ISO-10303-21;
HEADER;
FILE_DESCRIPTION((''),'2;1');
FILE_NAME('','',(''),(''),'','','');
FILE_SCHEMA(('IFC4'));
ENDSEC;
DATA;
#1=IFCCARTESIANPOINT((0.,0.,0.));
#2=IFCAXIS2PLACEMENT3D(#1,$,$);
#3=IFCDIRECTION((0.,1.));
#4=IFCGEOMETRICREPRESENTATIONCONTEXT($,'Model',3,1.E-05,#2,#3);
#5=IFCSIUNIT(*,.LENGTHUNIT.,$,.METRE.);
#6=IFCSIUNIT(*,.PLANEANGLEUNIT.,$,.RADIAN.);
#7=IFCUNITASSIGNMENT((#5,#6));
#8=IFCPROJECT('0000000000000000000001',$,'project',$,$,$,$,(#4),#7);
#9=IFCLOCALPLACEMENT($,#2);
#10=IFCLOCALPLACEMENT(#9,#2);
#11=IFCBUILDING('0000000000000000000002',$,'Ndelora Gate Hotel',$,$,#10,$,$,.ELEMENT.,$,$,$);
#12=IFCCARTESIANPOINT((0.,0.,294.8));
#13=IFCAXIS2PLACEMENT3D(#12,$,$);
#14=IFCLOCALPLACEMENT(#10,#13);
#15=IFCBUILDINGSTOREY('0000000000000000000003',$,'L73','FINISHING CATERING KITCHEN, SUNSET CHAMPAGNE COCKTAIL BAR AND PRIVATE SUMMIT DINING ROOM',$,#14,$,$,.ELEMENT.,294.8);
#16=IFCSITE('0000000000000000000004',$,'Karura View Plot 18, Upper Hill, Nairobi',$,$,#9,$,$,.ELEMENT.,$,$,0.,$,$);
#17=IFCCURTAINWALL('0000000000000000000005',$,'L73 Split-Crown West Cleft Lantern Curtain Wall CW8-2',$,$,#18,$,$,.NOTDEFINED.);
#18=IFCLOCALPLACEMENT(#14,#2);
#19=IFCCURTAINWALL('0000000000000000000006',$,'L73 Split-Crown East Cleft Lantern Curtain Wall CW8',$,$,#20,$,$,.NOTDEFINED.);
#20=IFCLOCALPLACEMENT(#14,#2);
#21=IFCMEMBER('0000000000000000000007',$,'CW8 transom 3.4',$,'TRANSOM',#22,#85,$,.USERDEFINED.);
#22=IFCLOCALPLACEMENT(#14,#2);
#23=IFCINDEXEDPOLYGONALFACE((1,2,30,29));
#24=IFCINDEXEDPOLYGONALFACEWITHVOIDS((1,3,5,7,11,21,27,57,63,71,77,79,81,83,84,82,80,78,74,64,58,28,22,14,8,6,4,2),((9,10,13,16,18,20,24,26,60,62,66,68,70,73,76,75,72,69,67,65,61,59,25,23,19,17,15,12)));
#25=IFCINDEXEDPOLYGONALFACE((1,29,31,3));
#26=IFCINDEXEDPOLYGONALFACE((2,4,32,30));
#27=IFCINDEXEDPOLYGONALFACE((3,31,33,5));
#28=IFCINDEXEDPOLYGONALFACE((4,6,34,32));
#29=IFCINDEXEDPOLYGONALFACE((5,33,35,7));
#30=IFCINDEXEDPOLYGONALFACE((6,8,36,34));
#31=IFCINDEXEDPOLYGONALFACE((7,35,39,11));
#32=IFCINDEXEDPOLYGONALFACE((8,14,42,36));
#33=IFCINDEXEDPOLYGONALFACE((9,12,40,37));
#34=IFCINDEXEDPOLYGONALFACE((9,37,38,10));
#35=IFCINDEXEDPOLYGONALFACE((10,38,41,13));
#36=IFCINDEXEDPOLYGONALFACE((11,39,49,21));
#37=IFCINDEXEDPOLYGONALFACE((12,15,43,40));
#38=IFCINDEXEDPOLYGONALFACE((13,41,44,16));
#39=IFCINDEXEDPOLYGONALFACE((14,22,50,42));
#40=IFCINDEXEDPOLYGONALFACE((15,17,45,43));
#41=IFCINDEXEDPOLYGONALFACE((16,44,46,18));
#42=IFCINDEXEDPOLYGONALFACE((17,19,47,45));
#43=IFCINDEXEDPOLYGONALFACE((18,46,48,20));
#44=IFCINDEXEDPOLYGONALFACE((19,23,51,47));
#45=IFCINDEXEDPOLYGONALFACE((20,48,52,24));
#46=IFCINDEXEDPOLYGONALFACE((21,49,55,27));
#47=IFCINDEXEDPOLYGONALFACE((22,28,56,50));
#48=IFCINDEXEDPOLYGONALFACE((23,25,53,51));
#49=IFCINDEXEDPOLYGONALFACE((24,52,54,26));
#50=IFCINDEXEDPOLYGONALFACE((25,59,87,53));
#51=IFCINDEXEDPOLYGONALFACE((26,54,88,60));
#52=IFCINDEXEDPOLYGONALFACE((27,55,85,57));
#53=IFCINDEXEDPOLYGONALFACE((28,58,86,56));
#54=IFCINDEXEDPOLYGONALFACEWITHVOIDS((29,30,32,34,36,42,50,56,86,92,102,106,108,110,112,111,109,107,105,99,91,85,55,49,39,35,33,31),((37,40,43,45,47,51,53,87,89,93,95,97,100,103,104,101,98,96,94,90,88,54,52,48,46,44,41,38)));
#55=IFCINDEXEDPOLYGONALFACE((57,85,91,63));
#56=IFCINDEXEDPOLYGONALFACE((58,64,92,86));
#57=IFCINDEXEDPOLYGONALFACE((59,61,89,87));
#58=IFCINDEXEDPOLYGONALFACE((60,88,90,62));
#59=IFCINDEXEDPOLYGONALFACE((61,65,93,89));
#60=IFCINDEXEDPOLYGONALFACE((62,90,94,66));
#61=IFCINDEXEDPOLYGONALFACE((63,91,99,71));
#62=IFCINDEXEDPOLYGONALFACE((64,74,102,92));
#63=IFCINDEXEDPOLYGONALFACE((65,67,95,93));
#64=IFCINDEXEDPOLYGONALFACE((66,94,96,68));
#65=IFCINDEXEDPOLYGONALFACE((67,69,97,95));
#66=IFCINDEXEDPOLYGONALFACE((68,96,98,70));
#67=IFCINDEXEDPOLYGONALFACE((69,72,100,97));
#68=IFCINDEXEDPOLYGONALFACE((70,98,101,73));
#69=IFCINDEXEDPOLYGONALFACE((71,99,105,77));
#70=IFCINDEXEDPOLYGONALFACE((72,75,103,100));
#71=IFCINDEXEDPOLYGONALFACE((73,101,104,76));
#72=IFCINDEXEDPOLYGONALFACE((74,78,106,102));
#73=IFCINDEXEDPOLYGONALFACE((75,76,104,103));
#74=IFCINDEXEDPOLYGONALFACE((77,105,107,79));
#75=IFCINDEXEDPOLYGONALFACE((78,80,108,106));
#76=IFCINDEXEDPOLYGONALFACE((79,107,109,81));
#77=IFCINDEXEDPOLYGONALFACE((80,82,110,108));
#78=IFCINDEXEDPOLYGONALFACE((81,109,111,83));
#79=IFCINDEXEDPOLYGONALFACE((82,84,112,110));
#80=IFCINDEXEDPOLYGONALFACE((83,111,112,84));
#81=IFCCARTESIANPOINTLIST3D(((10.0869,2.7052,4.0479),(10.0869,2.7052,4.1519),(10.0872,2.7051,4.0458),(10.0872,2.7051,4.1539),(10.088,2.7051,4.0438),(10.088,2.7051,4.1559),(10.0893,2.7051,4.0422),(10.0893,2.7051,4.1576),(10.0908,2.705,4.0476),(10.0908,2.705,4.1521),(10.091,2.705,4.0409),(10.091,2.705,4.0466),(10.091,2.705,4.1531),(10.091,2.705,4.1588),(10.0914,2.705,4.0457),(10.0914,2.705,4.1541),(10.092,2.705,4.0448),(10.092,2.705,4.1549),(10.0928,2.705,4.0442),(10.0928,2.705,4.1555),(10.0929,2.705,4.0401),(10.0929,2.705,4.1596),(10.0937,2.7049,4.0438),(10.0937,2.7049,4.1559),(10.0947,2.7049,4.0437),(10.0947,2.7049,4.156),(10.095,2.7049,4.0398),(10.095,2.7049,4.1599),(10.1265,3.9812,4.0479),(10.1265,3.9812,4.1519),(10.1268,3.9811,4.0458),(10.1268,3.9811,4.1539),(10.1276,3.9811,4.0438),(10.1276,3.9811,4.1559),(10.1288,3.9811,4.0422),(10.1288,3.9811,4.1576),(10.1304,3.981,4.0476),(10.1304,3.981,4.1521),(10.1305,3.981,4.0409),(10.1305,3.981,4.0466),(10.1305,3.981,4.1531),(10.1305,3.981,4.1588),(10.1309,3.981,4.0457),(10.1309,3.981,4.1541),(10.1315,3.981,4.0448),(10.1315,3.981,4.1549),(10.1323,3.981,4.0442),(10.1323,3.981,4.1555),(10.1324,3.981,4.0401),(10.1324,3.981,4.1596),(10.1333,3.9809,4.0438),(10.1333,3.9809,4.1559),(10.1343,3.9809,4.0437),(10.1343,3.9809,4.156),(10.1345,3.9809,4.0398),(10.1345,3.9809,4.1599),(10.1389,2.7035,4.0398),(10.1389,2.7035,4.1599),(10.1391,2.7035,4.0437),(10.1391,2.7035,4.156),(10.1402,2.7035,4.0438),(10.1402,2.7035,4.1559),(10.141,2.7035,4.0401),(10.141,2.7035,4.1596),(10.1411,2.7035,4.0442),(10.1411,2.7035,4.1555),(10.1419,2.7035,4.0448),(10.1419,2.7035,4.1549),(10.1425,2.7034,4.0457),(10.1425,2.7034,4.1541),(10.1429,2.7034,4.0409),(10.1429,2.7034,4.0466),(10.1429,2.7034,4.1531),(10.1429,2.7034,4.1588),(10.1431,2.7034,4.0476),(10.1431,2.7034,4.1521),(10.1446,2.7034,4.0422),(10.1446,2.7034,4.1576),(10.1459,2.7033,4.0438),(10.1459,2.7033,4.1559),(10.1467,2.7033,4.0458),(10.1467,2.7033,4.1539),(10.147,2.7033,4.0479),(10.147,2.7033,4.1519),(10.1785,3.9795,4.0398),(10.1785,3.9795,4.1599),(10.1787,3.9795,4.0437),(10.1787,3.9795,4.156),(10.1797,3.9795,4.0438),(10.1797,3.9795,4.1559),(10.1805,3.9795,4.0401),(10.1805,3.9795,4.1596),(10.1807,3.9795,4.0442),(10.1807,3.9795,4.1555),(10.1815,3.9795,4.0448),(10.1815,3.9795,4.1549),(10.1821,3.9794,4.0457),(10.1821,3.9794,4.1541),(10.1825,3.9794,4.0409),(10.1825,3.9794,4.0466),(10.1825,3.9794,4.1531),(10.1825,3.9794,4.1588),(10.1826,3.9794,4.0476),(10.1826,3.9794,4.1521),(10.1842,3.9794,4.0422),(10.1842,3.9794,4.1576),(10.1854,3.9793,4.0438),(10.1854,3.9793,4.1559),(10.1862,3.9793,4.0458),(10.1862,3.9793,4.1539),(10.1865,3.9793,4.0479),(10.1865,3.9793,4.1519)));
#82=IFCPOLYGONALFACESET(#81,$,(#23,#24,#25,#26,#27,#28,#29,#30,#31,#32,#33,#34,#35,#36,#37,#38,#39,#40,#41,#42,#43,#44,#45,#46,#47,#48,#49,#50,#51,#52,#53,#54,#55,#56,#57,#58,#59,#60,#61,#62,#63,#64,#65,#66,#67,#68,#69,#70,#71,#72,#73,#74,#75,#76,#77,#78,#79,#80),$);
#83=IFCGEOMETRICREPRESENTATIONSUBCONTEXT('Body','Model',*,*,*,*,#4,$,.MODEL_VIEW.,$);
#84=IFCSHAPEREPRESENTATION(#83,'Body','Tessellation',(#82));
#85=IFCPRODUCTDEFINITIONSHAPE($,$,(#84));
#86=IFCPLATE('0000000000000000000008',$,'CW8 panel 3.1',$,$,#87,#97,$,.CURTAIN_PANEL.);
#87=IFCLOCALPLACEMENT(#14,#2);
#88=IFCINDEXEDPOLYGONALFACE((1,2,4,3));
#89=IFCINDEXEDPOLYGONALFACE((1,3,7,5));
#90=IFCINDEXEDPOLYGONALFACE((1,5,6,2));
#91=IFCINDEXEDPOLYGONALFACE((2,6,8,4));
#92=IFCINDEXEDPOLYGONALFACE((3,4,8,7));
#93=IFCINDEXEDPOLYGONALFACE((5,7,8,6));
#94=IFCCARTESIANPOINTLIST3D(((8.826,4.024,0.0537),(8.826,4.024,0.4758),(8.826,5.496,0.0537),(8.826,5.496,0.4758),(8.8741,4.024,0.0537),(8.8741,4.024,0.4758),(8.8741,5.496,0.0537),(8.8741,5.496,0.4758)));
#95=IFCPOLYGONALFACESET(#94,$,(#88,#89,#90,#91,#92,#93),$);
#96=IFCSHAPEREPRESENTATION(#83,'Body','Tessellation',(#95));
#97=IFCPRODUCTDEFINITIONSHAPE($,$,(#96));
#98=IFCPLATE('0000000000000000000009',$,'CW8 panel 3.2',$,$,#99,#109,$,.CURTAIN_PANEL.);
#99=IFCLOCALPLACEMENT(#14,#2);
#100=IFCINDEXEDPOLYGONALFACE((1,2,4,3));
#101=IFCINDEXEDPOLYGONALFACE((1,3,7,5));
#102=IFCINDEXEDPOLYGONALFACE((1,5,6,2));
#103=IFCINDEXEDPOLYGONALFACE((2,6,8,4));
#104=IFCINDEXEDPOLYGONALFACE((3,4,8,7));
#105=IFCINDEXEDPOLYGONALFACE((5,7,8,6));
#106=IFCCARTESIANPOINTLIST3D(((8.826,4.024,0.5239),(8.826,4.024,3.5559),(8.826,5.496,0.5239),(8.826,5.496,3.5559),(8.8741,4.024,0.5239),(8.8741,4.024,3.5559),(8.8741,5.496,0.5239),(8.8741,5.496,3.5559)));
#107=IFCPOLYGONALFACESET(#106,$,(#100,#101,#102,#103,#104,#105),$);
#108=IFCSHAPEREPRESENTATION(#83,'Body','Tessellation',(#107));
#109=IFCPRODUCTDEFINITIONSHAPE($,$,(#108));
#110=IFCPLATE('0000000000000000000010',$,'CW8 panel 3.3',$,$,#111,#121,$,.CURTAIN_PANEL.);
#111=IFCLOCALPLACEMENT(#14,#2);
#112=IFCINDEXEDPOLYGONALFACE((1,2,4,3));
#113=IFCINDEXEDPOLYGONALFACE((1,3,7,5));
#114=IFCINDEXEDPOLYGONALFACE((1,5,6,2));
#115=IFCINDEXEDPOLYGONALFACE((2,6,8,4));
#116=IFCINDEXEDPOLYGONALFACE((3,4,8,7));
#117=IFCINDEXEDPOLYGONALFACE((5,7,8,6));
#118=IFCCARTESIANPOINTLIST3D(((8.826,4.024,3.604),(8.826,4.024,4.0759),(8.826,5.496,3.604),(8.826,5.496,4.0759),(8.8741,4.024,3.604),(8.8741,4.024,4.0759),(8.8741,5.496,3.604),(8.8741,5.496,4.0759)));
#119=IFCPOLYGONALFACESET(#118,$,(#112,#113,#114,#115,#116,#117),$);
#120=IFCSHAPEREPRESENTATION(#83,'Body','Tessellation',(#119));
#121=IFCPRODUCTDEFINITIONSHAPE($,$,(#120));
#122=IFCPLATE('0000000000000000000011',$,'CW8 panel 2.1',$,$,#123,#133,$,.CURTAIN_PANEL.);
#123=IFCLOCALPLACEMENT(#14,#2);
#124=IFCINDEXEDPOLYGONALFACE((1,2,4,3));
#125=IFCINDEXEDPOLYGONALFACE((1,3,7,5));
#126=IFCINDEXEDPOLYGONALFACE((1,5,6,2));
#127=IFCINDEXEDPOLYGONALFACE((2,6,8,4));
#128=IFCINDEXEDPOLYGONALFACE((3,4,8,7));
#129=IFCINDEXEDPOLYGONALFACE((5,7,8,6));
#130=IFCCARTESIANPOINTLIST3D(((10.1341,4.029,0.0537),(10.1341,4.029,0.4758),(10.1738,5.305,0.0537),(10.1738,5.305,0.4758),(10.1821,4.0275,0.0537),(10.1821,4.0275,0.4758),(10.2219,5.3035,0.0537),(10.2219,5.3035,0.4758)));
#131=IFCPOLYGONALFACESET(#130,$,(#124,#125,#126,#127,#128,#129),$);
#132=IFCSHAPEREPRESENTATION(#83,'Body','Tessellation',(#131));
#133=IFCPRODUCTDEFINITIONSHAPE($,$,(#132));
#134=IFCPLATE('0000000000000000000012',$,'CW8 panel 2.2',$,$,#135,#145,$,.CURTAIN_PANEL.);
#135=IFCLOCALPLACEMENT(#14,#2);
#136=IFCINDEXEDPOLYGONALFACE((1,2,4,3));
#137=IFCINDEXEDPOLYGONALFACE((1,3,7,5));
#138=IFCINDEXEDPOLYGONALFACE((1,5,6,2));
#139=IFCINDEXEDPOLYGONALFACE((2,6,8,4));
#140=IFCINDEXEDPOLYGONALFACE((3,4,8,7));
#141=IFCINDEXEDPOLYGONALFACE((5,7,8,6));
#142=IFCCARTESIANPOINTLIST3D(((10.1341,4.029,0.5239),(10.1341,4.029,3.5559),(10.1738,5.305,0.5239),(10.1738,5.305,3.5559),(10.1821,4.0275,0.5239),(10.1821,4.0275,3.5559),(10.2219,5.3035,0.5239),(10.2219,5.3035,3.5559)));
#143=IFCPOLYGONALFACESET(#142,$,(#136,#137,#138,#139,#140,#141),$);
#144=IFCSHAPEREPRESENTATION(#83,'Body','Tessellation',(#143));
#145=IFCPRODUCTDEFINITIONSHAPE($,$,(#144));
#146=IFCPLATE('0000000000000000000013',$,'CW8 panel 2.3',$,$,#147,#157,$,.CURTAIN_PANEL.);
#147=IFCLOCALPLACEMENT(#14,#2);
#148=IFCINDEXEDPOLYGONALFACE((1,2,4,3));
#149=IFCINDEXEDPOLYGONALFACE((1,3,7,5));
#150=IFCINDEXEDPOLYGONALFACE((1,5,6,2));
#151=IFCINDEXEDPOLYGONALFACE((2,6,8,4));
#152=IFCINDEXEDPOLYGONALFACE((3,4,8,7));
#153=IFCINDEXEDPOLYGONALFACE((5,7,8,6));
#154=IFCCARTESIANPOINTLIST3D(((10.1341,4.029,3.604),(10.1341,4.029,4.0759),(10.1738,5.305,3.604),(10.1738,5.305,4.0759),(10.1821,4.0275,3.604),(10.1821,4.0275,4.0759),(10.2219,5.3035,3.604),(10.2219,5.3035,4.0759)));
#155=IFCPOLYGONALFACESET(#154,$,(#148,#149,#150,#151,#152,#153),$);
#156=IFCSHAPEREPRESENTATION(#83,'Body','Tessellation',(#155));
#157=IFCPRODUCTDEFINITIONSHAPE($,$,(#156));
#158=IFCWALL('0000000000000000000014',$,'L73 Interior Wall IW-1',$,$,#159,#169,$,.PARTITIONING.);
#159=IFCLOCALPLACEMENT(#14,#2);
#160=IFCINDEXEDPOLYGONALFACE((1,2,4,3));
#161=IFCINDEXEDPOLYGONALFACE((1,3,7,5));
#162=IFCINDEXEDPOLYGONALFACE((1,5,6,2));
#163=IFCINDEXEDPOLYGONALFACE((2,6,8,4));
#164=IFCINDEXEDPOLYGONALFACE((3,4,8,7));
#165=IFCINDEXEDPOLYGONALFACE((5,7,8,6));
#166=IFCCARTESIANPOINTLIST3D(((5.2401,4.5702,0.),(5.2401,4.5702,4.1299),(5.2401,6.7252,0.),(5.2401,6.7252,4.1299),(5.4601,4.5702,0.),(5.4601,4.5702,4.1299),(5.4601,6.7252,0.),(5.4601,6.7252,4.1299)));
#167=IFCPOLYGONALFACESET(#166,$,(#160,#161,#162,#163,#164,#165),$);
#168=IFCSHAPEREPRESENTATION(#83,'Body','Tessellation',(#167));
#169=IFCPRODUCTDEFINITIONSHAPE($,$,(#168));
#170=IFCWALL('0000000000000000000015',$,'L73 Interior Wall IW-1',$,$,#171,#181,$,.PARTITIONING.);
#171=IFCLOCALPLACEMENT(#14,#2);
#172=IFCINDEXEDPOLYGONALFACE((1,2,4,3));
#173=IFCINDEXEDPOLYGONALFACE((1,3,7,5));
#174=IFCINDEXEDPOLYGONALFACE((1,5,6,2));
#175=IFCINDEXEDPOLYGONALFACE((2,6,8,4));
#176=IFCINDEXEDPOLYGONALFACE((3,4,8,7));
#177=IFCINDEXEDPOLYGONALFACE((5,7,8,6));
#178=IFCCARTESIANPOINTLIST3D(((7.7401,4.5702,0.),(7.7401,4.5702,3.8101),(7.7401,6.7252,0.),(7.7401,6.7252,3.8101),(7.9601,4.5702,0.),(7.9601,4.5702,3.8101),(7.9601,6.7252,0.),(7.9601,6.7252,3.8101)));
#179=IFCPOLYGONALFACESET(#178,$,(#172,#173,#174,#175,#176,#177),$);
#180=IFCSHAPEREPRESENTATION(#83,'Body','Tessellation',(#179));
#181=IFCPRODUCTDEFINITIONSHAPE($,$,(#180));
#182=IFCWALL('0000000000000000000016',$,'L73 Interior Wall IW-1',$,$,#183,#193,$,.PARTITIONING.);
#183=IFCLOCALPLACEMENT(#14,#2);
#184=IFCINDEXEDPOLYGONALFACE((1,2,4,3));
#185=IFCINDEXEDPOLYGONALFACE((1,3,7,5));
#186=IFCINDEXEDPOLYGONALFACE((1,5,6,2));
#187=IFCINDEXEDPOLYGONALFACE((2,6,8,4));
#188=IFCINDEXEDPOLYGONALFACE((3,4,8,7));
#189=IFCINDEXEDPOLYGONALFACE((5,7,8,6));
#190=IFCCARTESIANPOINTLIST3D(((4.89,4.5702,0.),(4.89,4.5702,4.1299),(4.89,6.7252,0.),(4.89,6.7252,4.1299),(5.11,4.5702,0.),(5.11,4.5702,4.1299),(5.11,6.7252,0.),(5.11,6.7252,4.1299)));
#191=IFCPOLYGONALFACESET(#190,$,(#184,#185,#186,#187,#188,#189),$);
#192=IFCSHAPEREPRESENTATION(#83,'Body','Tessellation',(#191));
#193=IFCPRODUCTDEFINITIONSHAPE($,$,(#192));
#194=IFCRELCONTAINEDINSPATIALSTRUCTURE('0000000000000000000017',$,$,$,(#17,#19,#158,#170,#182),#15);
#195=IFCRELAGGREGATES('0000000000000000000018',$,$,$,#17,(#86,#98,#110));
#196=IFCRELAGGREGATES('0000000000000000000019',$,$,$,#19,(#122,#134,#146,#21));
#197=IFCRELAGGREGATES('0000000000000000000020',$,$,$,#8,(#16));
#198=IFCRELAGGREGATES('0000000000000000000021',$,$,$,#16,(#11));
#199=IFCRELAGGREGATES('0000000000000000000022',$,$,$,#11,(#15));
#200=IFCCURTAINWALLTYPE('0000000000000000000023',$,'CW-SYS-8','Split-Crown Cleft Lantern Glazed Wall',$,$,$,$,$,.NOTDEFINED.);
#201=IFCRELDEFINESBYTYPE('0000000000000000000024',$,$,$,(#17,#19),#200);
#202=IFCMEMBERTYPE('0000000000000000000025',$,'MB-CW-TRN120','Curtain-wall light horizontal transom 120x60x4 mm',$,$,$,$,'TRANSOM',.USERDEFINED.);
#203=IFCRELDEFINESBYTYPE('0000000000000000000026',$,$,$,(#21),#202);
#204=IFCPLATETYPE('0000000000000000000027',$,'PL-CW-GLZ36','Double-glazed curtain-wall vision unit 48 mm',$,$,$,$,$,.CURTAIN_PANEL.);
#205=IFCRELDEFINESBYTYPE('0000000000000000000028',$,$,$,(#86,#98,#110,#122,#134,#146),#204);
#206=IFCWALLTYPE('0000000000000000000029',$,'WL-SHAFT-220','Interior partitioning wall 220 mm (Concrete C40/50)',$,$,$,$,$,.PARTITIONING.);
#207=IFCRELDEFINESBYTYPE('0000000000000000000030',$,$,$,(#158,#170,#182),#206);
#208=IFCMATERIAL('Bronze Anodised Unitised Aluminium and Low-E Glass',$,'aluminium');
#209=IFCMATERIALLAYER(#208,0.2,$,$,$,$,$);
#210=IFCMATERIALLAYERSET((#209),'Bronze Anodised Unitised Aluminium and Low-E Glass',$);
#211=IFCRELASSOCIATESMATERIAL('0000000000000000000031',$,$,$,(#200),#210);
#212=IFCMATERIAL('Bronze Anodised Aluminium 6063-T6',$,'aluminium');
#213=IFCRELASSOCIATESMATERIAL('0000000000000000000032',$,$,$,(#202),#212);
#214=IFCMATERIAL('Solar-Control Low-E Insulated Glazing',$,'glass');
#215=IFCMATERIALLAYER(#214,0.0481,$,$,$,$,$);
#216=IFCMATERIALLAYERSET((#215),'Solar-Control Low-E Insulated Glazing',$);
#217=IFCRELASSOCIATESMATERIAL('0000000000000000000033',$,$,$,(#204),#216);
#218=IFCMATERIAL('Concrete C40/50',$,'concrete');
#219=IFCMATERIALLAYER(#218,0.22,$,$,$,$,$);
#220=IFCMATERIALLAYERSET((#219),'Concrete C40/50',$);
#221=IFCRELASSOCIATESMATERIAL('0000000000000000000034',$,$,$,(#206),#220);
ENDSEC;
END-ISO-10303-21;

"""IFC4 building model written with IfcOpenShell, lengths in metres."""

from ifc_helpers import new_model, si_unit, direction, frame, frame_2d, origin, origin_2d, place, context, subcontext, project, spatial, rectangle, hollow_rectangle, extrude, material, layer, layer_set, material_profile, profile_set, type_object, element, aggregate, save


model = new_model("IFC4")

# Units and contexts
model_context = context("Model", 3, precision=1e-05, world=origin(), true_north=direction((0.0, 1.0)))
body_context = subcontext(model_context, "Body", "Model", "MODEL_VIEW")
ifc_project = project(units=[si_unit("LENGTHUNIT", "METRE"), si_unit("PLANEANGLEUNIT", "RADIAN")], contexts=[model_context])

# Site, building, storey
site_placement = place(None, origin())
site = spatial("IfcSite", under=ifc_project, at=site_placement, Name="Karura View Plot 18, Upper Hill, Nairobi", CompositionType="ELEMENT", RefElevation=0.0)
building_placement = place(site_placement, origin())
building = spatial("IfcBuilding", under=site, at=building_placement, Name="Ndelora Gate Hotel", CompositionType="ELEMENT")
storey_placement = place(building_placement, frame((0.0, 0.0, 294.8)))
storey = spatial("IfcBuildingStorey", under=building, at=storey_placement, Name="L73", Description="FINISHING CATERING KITCHEN, SUNSET CHAMPAGNE COCKTAIL BAR AND PRIVATE SUMMIT DINING ROOM", CompositionType="ELEMENT", Elevation=294.8)

# Curtain walls
ifc_material_1 = material(Name="Bronze Anodised Unitised Aluminium and Low-E Glass", Category="aluminium")
ifc_layer_1 = layer(ifc_material_1, 0.2)
ifc_layer_set_1 = layer_set([ifc_layer_1], Name="Bronze Anodised Unitised Aluminium and Low-E Glass")
curtain_wall_type = type_object("IfcCurtainWallType", Name="CW-SYS-8", Description="Split-Crown Cleft Lantern Glazed Wall", PredefinedType="NOTDEFINED", material=ifc_layer_set_1)
curtain_wall_1_placement = place(storey_placement, origin())
curtain_wall_1 = element("IfcCurtainWall", 1, at=curtain_wall_1_placement, inside=storey, type_object=curtain_wall_type, Name="L73 Split-Crown West Cleft Lantern Curtain Wall CW8-2", PredefinedType="NOTDEFINED")
ifc_material_2 = material(Name="Bronze Anodised Aluminium 6063-T6", Category="aluminium")
curtain_wall_2_placement = place(storey_placement, origin())
curtain_wall_2 = element("IfcCurtainWall", 2, at=curtain_wall_2_placement, inside=storey, type_object=curtain_wall_type, Name="L73 Split-Crown East Cleft Lantern Curtain Wall CW8", PredefinedType="NOTDEFINED")

# Member
ifc_material_profile_1 = material_profile(ifc_material_2, hollow_rectangle(XDim=0.0601, YDim=0.1201, WallThickness=0.0039, InnerFilletRadius=0.0039, OuterFilletRadius=0.0081, at=origin_2d()), Name="ALU 120x60x4")
ifc_profile_set_1 = profile_set([ifc_material_profile_1], Name="Bronze Anodised Aluminium 6063-T6")
member_type_1 = type_object("IfcMemberType", Name="MB-CW-TRN120", Description="Curtain-wall light horizontal transom 120x60x4 mm", ElementType="TRANSOM", PredefinedType="USERDEFINED", material=ifc_profile_set_1)
member_1_placement = place(storey_placement, frame((10.1565, 3.9802, 4.0999), z_axis=(-0.030984, -0.99952, 0.0), x_axis=(0.99952, -0.030984, 0.0)))
member_1 = element("IfcMember", 3, at=member_1_placement, type_object=member_type_1, Name="CW8 transom 3.4", ObjectType="TRANSOM", PredefinedType="USERDEFINED", context=body_context, shape_type="SweptSolid", body=[
    extrude(hollow_rectangle(XDim=0.0601, YDim=0.1201, WallThickness=0.0039, InnerFilletRadius=0.0039, OuterFilletRadius=0.0081, at=origin_2d()), origin(), (0.0, 0.0, 1.0), 1.2766),
])

# Plates
ifc_material_3 = material(Name="Solar-Control Low-E Insulated Glazing", Category="glass")
ifc_layer_2 = layer(ifc_material_3, 0.0481)
ifc_layer_set_2 = layer_set([ifc_layer_2], Name="Solar-Control Low-E Insulated Glazing")
plate_type = type_object("IfcPlateType", Name="PL-CW-GLZ36", Description="Double-glazed curtain-wall vision unit 48 mm", PredefinedType="CURTAIN_PANEL", material=ifc_layer_set_2)
plate_1_placement = place(storey_placement, frame((8.8501, 4.76, 0.0537), z_axis=(0.0, 0.0, 1.0), x_axis=(0.0, 1.0, 0.0)))
plate_1 = element("IfcPlate", 4, at=plate_1_placement, type_object=plate_type, Name="CW8 panel 3.1", PredefinedType="CURTAIN_PANEL", context=body_context, shape_type="SweptSolid", body=[
    extrude(rectangle(XDim=1.4719, YDim=0.0481, at=origin_2d()), origin(), (0.0, 0.0, 1.0), 0.4221),
])
plate_2_placement = place(storey_placement, frame((8.8501, 4.76, 0.5239), z_axis=(0.0, 0.0, 1.0), x_axis=(0.0, 1.0, 0.0)))
plate_2 = element("IfcPlate", 5, at=plate_2_placement, type_object=plate_type, Name="CW8 panel 3.2", PredefinedType="CURTAIN_PANEL", context=body_context, shape_type="SweptSolid", body=[
    extrude(rectangle(XDim=1.4719, YDim=0.0481, at=origin_2d()), origin(), (0.0, 0.0, 1.0), 3.032),
])
plate_3_placement = place(storey_placement, frame((8.8501, 4.76, 3.604), z_axis=(0.0, 0.0, 1.0), x_axis=(0.0, 1.0, 0.0)))
plate_3 = element("IfcPlate", 6, at=plate_3_placement, type_object=plate_type, Name="CW8 panel 3.3", PredefinedType="CURTAIN_PANEL", context=body_context, shape_type="SweptSolid", body=[
    extrude(rectangle(XDim=1.4719, YDim=0.0481, at=origin_2d()), origin(), (0.0, 0.0, 1.0), 0.4719),
])
aggregate(curtain_wall_1, [plate_1, plate_2, plate_3])
plate_4_placement = place(storey_placement, frame((10.178, 4.6663, 0.0537), z_axis=(0.0, 0.0, 1.0), x_axis=(-0.031131, -0.999515, 0.0)))
plate_4 = element("IfcPlate", 7, at=plate_4_placement, type_object=plate_type, Name="CW8 panel 2.1", PredefinedType="CURTAIN_PANEL", context=body_context, shape_type="SweptSolid", body=[
    extrude(rectangle(XDim=1.2766, YDim=0.0481, at=origin_2d()), origin(), (0.0, 0.0, 1.0), 0.4221),
])
plate_5_placement = place(storey_placement, frame((10.178, 4.6663, 0.5239), z_axis=(0.0, 0.0, 1.0), x_axis=(-0.031131, -0.999515, 0.0)))
plate_5 = element("IfcPlate", 8, at=plate_5_placement, type_object=plate_type, Name="CW8 panel 2.2", PredefinedType="CURTAIN_PANEL", context=body_context, shape_type="SweptSolid", body=[
    extrude(rectangle(XDim=1.2766, YDim=0.0481, at=origin_2d()), origin(), (0.0, 0.0, 1.0), 3.032),
])
plate_6_placement = place(storey_placement, frame((10.178, 4.6663, 3.604), z_axis=(0.0, 0.0, 1.0), x_axis=(-0.031131, -0.999515, 0.0)))
plate_6 = element("IfcPlate", 9, at=plate_6_placement, type_object=plate_type, Name="CW8 panel 2.3", PredefinedType="CURTAIN_PANEL", context=body_context, shape_type="SweptSolid", body=[
    extrude(rectangle(XDim=1.2766, YDim=0.0481, at=origin_2d()), origin(), (0.0, 0.0, 1.0), 0.4719),
])
aggregate(curtain_wall_2, [plate_4, plate_5, plate_6, member_1])

# Shared definitions
ifc_material_4 = material(Name="Concrete C40/50", Category="concrete")
ifc_layer_3 = layer(ifc_material_4, 0.22)
ifc_layer_set_3 = layer_set([ifc_layer_3], Name="Concrete C40/50")
wall_type = type_object("IfcWallType", Name="WL-SHAFT-220", Description="Interior partitioning wall 220 mm (Concrete C40/50)", PredefinedType="PARTITIONING", material=ifc_layer_set_3)

# Walls
wall_1_placement = place(storey_placement, frame((5.3501, 4.5701, 0.0), z_axis=(0.0, 0.0, 1.0), x_axis=(0.0, 1.0, 0.0)))
element("IfcWall", 10, at=wall_1_placement, inside=storey, type_object=wall_type, Name="L73 Interior Wall IW-1", PredefinedType="PARTITIONING", context=body_context, shape_type="SweptSolid", body=[
    extrude(rectangle(XDim=2.155, YDim=0.22, at=frame_2d((1.0776, 0.0))), origin(), (0.0, 0.0, 1.0), 4.1299),
])
wall_2_placement = place(storey_placement, frame((7.8501, 4.5701, 0.0), z_axis=(0.0, 0.0, 1.0), x_axis=(0.0, 1.0, 0.0)))
element("IfcWall", 11, at=wall_2_placement, inside=storey, type_object=wall_type, Name="L73 Interior Wall IW-1", PredefinedType="PARTITIONING", context=body_context, shape_type="SweptSolid", body=[
    extrude(rectangle(XDim=2.155, YDim=0.22, at=frame_2d((1.0776, 0.0))), origin(), (0.0, 0.0, 1.0), 3.8101),
])
wall_3_placement = place(storey_placement, frame((5.0, 4.5701, 0.0), z_axis=(0.0, 0.0, 1.0), x_axis=(0.0, 1.0, 0.0)))
element("IfcWall", 12, at=wall_3_placement, inside=storey, type_object=wall_type, Name="L73 Interior Wall IW-1", PredefinedType="PARTITIONING", context=body_context, shape_type="SweptSolid", body=[
    extrude(rectangle(XDim=2.155, YDim=0.22, at=frame_2d((1.0776, 0.0))), origin(), (0.0, 0.0, 1.0), 4.1299),
])

save(model, "model.ifc")
